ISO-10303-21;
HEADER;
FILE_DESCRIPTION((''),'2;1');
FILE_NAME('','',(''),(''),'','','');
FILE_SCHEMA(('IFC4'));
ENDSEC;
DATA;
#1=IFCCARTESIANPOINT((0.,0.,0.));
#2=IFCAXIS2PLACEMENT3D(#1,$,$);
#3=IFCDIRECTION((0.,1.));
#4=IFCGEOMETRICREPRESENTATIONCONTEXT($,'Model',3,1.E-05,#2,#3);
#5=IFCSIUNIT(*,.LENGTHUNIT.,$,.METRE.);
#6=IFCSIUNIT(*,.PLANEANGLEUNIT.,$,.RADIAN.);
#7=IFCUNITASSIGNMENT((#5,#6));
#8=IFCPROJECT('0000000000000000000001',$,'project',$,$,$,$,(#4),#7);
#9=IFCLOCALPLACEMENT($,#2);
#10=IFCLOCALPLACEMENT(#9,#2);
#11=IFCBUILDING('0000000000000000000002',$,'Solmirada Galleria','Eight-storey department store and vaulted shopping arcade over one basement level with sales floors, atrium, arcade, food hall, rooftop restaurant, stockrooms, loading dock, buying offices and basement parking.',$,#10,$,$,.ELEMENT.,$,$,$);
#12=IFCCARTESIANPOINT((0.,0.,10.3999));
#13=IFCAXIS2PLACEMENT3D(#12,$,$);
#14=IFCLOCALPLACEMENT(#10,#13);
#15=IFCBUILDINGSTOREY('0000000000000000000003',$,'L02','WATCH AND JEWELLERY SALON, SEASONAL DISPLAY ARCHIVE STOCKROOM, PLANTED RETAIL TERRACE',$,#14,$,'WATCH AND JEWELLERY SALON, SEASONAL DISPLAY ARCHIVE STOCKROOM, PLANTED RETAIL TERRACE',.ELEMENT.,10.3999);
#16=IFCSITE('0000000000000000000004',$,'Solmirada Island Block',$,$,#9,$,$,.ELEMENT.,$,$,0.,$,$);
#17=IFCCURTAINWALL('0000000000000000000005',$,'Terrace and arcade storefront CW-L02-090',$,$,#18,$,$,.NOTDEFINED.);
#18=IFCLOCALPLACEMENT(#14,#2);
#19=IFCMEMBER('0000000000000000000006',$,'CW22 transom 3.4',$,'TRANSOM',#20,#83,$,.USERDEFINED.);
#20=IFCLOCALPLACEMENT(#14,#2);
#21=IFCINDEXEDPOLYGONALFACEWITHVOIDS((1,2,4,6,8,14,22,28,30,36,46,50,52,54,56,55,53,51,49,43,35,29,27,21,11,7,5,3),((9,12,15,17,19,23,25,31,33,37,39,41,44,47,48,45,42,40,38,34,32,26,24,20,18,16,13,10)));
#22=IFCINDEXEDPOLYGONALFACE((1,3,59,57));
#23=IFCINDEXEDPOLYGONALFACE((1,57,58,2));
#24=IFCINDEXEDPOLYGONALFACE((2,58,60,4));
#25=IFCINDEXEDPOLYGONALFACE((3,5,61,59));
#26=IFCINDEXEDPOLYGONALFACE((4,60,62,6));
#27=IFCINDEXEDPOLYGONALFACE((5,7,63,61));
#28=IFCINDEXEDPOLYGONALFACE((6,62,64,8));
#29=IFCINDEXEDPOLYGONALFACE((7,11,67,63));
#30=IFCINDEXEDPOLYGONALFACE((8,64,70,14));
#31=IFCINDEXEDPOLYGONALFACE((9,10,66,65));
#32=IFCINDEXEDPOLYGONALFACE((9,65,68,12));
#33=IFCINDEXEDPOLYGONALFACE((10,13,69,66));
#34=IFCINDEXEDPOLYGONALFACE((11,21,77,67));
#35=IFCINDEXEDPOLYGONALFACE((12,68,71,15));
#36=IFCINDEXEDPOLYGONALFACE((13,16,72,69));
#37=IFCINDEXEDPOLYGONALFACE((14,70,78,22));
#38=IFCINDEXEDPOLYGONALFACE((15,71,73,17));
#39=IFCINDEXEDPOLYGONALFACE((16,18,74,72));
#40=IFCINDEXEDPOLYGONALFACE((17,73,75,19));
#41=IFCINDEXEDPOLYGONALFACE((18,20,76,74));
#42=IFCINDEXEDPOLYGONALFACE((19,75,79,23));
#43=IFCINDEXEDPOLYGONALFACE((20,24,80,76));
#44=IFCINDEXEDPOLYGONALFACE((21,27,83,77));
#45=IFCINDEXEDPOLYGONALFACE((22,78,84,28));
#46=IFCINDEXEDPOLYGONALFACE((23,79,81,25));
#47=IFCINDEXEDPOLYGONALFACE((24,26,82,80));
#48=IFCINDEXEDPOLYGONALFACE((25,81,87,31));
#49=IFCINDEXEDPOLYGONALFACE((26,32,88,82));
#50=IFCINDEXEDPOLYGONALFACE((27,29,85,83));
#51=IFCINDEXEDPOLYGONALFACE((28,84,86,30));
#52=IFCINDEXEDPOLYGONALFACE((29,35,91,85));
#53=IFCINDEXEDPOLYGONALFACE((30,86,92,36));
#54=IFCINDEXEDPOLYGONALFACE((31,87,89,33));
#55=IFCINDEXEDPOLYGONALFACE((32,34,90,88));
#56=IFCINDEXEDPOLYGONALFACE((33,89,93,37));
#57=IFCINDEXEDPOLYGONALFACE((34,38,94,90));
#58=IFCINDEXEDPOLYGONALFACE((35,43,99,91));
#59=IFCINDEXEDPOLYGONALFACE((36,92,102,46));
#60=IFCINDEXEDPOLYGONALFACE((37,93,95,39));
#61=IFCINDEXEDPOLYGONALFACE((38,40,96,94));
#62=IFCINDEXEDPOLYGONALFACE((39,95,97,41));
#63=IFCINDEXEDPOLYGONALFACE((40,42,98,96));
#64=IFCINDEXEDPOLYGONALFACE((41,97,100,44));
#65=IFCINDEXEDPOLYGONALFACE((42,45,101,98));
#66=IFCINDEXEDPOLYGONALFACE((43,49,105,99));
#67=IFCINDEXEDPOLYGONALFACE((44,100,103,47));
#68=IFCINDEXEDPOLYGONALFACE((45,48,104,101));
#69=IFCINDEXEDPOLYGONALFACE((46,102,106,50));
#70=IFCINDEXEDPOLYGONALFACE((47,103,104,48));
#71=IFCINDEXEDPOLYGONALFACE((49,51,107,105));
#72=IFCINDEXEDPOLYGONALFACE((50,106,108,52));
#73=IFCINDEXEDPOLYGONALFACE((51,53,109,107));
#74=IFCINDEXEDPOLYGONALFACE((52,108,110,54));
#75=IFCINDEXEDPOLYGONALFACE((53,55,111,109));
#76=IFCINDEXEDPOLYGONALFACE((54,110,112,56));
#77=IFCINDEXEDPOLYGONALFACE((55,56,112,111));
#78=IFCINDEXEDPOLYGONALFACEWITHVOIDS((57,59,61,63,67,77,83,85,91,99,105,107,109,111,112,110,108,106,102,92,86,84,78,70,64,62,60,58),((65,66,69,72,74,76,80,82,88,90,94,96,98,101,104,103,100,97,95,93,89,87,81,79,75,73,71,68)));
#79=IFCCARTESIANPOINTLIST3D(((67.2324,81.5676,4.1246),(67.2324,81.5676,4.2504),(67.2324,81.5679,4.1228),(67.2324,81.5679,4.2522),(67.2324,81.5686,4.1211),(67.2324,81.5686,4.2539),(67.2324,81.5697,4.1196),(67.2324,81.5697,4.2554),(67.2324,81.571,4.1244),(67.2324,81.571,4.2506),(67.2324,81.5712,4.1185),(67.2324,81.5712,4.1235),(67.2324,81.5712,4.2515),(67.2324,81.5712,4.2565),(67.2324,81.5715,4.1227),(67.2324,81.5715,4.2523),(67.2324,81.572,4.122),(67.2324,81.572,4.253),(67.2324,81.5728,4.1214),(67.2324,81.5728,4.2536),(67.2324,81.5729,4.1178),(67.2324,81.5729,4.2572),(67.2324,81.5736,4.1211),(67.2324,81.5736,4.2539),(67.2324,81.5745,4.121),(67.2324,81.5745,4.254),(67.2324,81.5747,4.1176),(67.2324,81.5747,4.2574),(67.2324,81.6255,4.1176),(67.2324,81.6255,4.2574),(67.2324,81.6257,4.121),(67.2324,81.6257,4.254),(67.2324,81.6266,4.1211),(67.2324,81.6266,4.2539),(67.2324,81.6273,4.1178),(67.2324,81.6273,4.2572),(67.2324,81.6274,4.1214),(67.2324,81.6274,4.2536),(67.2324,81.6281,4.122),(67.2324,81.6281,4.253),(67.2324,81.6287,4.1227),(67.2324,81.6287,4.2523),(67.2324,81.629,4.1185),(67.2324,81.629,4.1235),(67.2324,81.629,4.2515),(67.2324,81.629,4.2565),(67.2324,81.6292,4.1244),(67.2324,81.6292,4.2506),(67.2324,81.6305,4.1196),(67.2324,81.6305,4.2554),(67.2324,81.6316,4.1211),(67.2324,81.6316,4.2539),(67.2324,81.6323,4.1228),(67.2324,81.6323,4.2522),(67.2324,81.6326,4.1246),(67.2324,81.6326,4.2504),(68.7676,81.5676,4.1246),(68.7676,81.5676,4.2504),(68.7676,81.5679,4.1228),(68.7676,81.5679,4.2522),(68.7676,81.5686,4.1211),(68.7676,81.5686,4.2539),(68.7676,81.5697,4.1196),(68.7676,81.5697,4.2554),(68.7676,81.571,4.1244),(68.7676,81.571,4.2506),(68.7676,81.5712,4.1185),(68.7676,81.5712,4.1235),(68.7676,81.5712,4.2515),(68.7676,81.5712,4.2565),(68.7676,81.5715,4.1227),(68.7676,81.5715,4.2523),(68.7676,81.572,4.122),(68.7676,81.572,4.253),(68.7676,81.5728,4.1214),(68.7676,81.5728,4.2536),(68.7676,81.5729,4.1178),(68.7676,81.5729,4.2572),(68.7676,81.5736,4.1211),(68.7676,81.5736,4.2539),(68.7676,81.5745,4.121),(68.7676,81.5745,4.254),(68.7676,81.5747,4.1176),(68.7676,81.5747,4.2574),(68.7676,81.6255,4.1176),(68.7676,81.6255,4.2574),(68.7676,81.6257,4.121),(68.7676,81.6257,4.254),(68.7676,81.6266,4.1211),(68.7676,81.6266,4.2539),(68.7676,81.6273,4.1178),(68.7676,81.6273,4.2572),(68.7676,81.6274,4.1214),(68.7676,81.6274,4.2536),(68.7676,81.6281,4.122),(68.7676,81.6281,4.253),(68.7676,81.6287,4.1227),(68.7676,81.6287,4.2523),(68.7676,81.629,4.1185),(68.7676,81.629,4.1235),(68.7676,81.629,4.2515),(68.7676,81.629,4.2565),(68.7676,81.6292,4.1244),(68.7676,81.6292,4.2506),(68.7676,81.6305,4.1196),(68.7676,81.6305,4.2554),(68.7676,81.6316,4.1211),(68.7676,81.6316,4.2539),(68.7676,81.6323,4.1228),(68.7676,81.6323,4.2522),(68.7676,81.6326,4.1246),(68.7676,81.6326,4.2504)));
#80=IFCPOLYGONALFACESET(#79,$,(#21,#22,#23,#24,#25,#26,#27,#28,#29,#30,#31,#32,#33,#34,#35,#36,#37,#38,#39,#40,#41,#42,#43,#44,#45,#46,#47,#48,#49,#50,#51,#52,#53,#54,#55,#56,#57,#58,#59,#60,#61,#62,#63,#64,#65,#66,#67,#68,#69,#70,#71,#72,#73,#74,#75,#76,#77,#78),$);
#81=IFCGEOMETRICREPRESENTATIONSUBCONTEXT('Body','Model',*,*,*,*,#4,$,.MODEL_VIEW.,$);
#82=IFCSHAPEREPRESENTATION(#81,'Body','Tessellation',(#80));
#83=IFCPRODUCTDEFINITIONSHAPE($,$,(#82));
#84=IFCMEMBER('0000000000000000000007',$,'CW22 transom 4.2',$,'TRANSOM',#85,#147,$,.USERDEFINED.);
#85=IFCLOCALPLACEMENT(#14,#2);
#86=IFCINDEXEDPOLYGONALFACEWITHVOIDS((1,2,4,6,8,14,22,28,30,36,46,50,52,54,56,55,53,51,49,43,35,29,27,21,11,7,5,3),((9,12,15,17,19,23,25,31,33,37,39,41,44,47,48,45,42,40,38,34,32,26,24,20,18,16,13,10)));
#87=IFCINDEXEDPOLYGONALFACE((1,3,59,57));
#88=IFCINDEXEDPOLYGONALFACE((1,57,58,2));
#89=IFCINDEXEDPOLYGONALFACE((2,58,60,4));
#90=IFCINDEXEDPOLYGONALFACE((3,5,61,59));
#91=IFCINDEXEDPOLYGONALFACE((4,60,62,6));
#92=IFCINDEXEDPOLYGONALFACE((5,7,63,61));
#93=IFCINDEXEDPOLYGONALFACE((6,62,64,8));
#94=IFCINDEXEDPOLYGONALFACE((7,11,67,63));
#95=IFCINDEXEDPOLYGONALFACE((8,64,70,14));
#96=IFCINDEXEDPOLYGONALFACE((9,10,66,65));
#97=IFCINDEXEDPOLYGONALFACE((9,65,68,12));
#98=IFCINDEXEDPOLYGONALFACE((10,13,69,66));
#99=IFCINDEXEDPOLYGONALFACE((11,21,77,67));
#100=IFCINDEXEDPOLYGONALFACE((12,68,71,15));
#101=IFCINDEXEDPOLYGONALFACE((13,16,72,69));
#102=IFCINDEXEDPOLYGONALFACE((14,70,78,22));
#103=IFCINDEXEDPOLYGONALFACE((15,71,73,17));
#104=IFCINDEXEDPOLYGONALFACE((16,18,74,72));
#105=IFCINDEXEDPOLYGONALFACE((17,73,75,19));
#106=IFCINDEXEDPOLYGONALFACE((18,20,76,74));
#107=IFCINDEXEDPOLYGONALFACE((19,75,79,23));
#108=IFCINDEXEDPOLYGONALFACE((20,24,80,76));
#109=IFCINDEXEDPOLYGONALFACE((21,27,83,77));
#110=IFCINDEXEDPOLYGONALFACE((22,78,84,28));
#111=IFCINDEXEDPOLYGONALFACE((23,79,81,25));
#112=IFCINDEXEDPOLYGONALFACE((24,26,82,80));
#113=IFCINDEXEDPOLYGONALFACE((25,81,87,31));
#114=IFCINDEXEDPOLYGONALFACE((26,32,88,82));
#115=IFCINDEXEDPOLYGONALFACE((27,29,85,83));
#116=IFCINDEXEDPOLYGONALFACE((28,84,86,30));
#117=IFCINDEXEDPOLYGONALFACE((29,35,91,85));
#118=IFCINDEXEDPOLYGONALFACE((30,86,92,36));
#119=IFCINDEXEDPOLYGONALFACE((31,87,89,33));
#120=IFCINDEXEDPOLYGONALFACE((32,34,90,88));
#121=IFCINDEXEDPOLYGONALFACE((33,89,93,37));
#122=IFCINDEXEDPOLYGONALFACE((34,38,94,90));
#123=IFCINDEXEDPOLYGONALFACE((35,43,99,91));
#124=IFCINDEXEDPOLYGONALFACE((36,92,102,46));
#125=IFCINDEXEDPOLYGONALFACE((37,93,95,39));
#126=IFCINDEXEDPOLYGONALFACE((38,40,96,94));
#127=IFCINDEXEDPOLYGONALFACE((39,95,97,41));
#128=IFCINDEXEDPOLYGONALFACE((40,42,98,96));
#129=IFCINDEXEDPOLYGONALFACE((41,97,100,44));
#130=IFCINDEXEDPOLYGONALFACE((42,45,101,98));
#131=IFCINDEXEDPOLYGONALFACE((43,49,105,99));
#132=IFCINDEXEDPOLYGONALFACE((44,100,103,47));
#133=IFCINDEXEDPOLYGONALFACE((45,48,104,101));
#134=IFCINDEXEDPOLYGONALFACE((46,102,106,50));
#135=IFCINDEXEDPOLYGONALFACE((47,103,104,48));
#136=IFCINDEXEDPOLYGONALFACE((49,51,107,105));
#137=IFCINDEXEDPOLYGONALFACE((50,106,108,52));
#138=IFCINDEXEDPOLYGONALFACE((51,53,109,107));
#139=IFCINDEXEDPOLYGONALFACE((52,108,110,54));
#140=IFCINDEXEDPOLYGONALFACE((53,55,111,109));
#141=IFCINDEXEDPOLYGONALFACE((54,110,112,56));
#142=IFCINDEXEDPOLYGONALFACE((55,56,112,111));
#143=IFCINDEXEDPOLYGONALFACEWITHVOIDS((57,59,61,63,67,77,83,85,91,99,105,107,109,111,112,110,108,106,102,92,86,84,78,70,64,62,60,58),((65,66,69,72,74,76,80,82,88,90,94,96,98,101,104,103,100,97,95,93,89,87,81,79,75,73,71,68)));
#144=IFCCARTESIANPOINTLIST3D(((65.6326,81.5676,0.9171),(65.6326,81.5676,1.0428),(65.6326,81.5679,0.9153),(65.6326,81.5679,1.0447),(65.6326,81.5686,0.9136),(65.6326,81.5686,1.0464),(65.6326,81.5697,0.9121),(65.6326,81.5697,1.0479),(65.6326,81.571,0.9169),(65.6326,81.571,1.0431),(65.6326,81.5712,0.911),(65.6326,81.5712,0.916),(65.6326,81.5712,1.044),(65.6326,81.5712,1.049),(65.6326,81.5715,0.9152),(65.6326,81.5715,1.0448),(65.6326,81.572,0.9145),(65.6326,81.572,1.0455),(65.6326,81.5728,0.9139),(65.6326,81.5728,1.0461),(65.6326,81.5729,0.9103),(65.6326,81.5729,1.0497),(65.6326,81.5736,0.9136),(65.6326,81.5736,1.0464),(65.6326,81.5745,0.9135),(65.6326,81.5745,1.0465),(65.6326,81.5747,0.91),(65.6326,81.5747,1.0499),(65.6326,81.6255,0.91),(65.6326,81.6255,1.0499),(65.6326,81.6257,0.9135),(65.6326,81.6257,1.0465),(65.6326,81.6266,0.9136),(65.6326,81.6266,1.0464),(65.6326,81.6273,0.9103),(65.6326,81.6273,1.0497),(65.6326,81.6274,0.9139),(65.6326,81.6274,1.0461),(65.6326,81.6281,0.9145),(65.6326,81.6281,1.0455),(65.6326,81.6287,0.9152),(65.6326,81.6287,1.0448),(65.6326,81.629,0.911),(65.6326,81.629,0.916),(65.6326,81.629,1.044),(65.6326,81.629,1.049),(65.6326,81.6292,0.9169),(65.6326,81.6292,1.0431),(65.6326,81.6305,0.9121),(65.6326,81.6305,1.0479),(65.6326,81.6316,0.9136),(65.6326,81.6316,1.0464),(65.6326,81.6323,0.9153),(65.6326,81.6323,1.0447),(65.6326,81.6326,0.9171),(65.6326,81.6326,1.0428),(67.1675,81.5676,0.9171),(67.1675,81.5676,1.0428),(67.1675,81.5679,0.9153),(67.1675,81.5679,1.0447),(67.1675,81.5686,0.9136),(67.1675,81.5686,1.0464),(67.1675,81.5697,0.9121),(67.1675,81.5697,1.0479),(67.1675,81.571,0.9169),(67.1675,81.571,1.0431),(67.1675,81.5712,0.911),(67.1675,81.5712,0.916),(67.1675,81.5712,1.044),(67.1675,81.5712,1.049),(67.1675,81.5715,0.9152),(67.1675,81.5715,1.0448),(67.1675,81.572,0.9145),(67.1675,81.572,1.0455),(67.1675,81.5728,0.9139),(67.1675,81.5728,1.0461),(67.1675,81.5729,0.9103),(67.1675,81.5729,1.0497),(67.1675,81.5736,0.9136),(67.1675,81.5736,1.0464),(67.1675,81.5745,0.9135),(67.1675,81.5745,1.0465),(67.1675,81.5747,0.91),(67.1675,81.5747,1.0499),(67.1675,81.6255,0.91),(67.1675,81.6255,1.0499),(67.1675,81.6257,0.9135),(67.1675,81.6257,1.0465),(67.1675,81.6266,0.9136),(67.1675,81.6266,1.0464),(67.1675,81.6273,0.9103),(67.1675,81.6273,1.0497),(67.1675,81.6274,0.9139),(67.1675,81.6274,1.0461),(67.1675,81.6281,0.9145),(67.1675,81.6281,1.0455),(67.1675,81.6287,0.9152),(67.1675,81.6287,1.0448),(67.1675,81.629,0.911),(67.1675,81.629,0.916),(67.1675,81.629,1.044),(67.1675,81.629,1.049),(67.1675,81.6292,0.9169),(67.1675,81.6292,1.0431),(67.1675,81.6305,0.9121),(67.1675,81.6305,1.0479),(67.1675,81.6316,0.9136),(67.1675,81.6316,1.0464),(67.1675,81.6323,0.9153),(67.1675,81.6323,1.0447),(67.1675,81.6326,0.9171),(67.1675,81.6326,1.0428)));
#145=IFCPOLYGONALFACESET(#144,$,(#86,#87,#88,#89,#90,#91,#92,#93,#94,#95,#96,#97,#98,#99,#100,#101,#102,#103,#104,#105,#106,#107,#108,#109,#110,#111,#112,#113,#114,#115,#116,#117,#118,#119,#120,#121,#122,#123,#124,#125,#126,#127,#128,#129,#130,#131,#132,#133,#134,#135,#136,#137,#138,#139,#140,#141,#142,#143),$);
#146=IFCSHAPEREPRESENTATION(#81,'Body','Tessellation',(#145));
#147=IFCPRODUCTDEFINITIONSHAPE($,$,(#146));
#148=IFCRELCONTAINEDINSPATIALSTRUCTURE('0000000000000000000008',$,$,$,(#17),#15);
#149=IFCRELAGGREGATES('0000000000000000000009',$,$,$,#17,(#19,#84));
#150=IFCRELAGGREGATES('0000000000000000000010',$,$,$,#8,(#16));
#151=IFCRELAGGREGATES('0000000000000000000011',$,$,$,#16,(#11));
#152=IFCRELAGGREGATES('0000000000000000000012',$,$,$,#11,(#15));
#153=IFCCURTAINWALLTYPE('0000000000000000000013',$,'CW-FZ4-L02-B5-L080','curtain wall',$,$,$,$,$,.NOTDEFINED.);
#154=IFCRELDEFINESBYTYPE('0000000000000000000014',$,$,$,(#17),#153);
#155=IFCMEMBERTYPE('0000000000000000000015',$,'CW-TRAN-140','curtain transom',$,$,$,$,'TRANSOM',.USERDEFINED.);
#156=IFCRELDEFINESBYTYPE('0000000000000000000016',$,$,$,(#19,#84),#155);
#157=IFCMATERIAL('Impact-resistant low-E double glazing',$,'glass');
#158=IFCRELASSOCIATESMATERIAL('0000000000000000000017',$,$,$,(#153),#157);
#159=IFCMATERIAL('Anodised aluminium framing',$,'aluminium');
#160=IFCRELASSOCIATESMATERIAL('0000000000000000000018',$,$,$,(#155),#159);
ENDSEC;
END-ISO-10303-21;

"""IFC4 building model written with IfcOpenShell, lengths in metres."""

from ifc_helpers import new_model, si_unit, direction, frame, origin, origin_2d, place, context, subcontext, project, spatial, hollow_rectangle, extrude, material, material_profile, profile_set, type_object, element, aggregate, save


model = new_model("IFC4")

# Units and contexts
model_context = context("Model", 3, precision=1e-05, world=origin(), true_north=direction((0.0, 1.0)))
body_context = subcontext(model_context, "Body", "Model", "MODEL_VIEW")
ifc_project = project(units=[si_unit("LENGTHUNIT", "METRE"), si_unit("PLANEANGLEUNIT", "RADIAN")], contexts=[model_context])

# Site, building, storey
site_placement = place(None, origin())
site = spatial("IfcSite", under=ifc_project, at=site_placement, Name="Solmirada Island Block", CompositionType="ELEMENT", RefElevation=0.0)
building_placement = place(site_placement, origin())
building = spatial("IfcBuilding", under=site, at=building_placement, Name="Solmirada Galleria", Description="Eight-storey department store and vaulted shopping arcade over one basement level with sales floors, atrium, arcade, food hall, rooftop restaurant, stockrooms, loading dock, buying offices and basement parking.", CompositionType="ELEMENT")
storey_placement = place(building_placement, frame((0.0, 0.0, 10.3999)))
storey = spatial("IfcBuildingStorey", under=building, at=storey_placement, Name="L02", Description="WATCH AND JEWELLERY SALON, SEASONAL DISPLAY ARCHIVE STOCKROOM, PLANTED RETAIL TERRACE", LongName="WATCH AND JEWELLERY SALON, SEASONAL DISPLAY ARCHIVE STOCKROOM, PLANTED RETAIL TERRACE", CompositionType="ELEMENT", Elevation=10.3999)

# Shared definitions
ifc_material_1 = material(Name="Impact-resistant low-E double glazing", Category="glass")
curtain_wall_type = type_object("IfcCurtainWallType", Name="CW-FZ4-L02-B5-L080", Description="curtain wall", PredefinedType="NOTDEFINED", material=ifc_material_1)
ifc_material_2 = material(Name="Anodised aluminium framing", Category="aluminium")

# Curtain wall
curtain_wall_1_placement = place(storey_placement, origin())
curtain_wall_1 = element("IfcCurtainWall", 1, at=curtain_wall_1_placement, inside=storey, type_object=curtain_wall_type, Name="Terrace and arcade storefront CW-L02-090", PredefinedType="NOTDEFINED")

# Members
ifc_material_profile_1 = material_profile(ifc_material_2, hollow_rectangle(XDim=0.0649, YDim=0.1399, WallThickness=0.0034, InnerFilletRadius=0.0034, OuterFilletRadius=0.0071, at=origin_2d()), Name="ALU-TRAN-140X65")
ifc_profile_set_1 = profile_set([ifc_material_profile_1], Name="Anodised aluminium framing")
member_type_1 = type_object("IfcMemberType", Name="CW-TRAN-140", Description="curtain transom", ElementType="TRANSOM", PredefinedType="USERDEFINED", material=ifc_profile_set_1)
member_1_placement = place(storey_placement, frame((68.7676, 81.6001, 4.1875), z_axis=(-1.0, 0.0, 0.0), x_axis=(0.0, -1.0, 0.0)))
member_1 = element("IfcMember", 2, at=member_1_placement, type_object=member_type_1, Name="CW22 transom 3.4", ObjectType="TRANSOM", PredefinedType="USERDEFINED", context=body_context, shape_type="SweptSolid", body=[
    extrude(hollow_rectangle(XDim=0.0649, YDim=0.1399, WallThickness=0.0034, InnerFilletRadius=0.0034, OuterFilletRadius=0.0071, at=origin_2d()), origin(), (0.0, 0.0, 1.0), 1.5352),
])
member_2_placement = place(storey_placement, frame((67.1675, 81.6001, 0.98), z_axis=(-1.0, 0.0, 0.0), x_axis=(0.0, -1.0, 0.0)))
member_2 = element("IfcMember", 3, at=member_2_placement, type_object=member_type_1, Name="CW22 transom 4.2", ObjectType="TRANSOM", PredefinedType="USERDEFINED", context=body_context, shape_type="SweptSolid", body=[
    extrude(hollow_rectangle(XDim=0.0649, YDim=0.1399, WallThickness=0.0034, InnerFilletRadius=0.0034, OuterFilletRadius=0.0071, at=origin_2d()), origin(), (0.0, 0.0, 1.0), 1.5349),
])

aggregate(curtain_wall_1, [member_1, member_2])

save(model, "model.ifc")
